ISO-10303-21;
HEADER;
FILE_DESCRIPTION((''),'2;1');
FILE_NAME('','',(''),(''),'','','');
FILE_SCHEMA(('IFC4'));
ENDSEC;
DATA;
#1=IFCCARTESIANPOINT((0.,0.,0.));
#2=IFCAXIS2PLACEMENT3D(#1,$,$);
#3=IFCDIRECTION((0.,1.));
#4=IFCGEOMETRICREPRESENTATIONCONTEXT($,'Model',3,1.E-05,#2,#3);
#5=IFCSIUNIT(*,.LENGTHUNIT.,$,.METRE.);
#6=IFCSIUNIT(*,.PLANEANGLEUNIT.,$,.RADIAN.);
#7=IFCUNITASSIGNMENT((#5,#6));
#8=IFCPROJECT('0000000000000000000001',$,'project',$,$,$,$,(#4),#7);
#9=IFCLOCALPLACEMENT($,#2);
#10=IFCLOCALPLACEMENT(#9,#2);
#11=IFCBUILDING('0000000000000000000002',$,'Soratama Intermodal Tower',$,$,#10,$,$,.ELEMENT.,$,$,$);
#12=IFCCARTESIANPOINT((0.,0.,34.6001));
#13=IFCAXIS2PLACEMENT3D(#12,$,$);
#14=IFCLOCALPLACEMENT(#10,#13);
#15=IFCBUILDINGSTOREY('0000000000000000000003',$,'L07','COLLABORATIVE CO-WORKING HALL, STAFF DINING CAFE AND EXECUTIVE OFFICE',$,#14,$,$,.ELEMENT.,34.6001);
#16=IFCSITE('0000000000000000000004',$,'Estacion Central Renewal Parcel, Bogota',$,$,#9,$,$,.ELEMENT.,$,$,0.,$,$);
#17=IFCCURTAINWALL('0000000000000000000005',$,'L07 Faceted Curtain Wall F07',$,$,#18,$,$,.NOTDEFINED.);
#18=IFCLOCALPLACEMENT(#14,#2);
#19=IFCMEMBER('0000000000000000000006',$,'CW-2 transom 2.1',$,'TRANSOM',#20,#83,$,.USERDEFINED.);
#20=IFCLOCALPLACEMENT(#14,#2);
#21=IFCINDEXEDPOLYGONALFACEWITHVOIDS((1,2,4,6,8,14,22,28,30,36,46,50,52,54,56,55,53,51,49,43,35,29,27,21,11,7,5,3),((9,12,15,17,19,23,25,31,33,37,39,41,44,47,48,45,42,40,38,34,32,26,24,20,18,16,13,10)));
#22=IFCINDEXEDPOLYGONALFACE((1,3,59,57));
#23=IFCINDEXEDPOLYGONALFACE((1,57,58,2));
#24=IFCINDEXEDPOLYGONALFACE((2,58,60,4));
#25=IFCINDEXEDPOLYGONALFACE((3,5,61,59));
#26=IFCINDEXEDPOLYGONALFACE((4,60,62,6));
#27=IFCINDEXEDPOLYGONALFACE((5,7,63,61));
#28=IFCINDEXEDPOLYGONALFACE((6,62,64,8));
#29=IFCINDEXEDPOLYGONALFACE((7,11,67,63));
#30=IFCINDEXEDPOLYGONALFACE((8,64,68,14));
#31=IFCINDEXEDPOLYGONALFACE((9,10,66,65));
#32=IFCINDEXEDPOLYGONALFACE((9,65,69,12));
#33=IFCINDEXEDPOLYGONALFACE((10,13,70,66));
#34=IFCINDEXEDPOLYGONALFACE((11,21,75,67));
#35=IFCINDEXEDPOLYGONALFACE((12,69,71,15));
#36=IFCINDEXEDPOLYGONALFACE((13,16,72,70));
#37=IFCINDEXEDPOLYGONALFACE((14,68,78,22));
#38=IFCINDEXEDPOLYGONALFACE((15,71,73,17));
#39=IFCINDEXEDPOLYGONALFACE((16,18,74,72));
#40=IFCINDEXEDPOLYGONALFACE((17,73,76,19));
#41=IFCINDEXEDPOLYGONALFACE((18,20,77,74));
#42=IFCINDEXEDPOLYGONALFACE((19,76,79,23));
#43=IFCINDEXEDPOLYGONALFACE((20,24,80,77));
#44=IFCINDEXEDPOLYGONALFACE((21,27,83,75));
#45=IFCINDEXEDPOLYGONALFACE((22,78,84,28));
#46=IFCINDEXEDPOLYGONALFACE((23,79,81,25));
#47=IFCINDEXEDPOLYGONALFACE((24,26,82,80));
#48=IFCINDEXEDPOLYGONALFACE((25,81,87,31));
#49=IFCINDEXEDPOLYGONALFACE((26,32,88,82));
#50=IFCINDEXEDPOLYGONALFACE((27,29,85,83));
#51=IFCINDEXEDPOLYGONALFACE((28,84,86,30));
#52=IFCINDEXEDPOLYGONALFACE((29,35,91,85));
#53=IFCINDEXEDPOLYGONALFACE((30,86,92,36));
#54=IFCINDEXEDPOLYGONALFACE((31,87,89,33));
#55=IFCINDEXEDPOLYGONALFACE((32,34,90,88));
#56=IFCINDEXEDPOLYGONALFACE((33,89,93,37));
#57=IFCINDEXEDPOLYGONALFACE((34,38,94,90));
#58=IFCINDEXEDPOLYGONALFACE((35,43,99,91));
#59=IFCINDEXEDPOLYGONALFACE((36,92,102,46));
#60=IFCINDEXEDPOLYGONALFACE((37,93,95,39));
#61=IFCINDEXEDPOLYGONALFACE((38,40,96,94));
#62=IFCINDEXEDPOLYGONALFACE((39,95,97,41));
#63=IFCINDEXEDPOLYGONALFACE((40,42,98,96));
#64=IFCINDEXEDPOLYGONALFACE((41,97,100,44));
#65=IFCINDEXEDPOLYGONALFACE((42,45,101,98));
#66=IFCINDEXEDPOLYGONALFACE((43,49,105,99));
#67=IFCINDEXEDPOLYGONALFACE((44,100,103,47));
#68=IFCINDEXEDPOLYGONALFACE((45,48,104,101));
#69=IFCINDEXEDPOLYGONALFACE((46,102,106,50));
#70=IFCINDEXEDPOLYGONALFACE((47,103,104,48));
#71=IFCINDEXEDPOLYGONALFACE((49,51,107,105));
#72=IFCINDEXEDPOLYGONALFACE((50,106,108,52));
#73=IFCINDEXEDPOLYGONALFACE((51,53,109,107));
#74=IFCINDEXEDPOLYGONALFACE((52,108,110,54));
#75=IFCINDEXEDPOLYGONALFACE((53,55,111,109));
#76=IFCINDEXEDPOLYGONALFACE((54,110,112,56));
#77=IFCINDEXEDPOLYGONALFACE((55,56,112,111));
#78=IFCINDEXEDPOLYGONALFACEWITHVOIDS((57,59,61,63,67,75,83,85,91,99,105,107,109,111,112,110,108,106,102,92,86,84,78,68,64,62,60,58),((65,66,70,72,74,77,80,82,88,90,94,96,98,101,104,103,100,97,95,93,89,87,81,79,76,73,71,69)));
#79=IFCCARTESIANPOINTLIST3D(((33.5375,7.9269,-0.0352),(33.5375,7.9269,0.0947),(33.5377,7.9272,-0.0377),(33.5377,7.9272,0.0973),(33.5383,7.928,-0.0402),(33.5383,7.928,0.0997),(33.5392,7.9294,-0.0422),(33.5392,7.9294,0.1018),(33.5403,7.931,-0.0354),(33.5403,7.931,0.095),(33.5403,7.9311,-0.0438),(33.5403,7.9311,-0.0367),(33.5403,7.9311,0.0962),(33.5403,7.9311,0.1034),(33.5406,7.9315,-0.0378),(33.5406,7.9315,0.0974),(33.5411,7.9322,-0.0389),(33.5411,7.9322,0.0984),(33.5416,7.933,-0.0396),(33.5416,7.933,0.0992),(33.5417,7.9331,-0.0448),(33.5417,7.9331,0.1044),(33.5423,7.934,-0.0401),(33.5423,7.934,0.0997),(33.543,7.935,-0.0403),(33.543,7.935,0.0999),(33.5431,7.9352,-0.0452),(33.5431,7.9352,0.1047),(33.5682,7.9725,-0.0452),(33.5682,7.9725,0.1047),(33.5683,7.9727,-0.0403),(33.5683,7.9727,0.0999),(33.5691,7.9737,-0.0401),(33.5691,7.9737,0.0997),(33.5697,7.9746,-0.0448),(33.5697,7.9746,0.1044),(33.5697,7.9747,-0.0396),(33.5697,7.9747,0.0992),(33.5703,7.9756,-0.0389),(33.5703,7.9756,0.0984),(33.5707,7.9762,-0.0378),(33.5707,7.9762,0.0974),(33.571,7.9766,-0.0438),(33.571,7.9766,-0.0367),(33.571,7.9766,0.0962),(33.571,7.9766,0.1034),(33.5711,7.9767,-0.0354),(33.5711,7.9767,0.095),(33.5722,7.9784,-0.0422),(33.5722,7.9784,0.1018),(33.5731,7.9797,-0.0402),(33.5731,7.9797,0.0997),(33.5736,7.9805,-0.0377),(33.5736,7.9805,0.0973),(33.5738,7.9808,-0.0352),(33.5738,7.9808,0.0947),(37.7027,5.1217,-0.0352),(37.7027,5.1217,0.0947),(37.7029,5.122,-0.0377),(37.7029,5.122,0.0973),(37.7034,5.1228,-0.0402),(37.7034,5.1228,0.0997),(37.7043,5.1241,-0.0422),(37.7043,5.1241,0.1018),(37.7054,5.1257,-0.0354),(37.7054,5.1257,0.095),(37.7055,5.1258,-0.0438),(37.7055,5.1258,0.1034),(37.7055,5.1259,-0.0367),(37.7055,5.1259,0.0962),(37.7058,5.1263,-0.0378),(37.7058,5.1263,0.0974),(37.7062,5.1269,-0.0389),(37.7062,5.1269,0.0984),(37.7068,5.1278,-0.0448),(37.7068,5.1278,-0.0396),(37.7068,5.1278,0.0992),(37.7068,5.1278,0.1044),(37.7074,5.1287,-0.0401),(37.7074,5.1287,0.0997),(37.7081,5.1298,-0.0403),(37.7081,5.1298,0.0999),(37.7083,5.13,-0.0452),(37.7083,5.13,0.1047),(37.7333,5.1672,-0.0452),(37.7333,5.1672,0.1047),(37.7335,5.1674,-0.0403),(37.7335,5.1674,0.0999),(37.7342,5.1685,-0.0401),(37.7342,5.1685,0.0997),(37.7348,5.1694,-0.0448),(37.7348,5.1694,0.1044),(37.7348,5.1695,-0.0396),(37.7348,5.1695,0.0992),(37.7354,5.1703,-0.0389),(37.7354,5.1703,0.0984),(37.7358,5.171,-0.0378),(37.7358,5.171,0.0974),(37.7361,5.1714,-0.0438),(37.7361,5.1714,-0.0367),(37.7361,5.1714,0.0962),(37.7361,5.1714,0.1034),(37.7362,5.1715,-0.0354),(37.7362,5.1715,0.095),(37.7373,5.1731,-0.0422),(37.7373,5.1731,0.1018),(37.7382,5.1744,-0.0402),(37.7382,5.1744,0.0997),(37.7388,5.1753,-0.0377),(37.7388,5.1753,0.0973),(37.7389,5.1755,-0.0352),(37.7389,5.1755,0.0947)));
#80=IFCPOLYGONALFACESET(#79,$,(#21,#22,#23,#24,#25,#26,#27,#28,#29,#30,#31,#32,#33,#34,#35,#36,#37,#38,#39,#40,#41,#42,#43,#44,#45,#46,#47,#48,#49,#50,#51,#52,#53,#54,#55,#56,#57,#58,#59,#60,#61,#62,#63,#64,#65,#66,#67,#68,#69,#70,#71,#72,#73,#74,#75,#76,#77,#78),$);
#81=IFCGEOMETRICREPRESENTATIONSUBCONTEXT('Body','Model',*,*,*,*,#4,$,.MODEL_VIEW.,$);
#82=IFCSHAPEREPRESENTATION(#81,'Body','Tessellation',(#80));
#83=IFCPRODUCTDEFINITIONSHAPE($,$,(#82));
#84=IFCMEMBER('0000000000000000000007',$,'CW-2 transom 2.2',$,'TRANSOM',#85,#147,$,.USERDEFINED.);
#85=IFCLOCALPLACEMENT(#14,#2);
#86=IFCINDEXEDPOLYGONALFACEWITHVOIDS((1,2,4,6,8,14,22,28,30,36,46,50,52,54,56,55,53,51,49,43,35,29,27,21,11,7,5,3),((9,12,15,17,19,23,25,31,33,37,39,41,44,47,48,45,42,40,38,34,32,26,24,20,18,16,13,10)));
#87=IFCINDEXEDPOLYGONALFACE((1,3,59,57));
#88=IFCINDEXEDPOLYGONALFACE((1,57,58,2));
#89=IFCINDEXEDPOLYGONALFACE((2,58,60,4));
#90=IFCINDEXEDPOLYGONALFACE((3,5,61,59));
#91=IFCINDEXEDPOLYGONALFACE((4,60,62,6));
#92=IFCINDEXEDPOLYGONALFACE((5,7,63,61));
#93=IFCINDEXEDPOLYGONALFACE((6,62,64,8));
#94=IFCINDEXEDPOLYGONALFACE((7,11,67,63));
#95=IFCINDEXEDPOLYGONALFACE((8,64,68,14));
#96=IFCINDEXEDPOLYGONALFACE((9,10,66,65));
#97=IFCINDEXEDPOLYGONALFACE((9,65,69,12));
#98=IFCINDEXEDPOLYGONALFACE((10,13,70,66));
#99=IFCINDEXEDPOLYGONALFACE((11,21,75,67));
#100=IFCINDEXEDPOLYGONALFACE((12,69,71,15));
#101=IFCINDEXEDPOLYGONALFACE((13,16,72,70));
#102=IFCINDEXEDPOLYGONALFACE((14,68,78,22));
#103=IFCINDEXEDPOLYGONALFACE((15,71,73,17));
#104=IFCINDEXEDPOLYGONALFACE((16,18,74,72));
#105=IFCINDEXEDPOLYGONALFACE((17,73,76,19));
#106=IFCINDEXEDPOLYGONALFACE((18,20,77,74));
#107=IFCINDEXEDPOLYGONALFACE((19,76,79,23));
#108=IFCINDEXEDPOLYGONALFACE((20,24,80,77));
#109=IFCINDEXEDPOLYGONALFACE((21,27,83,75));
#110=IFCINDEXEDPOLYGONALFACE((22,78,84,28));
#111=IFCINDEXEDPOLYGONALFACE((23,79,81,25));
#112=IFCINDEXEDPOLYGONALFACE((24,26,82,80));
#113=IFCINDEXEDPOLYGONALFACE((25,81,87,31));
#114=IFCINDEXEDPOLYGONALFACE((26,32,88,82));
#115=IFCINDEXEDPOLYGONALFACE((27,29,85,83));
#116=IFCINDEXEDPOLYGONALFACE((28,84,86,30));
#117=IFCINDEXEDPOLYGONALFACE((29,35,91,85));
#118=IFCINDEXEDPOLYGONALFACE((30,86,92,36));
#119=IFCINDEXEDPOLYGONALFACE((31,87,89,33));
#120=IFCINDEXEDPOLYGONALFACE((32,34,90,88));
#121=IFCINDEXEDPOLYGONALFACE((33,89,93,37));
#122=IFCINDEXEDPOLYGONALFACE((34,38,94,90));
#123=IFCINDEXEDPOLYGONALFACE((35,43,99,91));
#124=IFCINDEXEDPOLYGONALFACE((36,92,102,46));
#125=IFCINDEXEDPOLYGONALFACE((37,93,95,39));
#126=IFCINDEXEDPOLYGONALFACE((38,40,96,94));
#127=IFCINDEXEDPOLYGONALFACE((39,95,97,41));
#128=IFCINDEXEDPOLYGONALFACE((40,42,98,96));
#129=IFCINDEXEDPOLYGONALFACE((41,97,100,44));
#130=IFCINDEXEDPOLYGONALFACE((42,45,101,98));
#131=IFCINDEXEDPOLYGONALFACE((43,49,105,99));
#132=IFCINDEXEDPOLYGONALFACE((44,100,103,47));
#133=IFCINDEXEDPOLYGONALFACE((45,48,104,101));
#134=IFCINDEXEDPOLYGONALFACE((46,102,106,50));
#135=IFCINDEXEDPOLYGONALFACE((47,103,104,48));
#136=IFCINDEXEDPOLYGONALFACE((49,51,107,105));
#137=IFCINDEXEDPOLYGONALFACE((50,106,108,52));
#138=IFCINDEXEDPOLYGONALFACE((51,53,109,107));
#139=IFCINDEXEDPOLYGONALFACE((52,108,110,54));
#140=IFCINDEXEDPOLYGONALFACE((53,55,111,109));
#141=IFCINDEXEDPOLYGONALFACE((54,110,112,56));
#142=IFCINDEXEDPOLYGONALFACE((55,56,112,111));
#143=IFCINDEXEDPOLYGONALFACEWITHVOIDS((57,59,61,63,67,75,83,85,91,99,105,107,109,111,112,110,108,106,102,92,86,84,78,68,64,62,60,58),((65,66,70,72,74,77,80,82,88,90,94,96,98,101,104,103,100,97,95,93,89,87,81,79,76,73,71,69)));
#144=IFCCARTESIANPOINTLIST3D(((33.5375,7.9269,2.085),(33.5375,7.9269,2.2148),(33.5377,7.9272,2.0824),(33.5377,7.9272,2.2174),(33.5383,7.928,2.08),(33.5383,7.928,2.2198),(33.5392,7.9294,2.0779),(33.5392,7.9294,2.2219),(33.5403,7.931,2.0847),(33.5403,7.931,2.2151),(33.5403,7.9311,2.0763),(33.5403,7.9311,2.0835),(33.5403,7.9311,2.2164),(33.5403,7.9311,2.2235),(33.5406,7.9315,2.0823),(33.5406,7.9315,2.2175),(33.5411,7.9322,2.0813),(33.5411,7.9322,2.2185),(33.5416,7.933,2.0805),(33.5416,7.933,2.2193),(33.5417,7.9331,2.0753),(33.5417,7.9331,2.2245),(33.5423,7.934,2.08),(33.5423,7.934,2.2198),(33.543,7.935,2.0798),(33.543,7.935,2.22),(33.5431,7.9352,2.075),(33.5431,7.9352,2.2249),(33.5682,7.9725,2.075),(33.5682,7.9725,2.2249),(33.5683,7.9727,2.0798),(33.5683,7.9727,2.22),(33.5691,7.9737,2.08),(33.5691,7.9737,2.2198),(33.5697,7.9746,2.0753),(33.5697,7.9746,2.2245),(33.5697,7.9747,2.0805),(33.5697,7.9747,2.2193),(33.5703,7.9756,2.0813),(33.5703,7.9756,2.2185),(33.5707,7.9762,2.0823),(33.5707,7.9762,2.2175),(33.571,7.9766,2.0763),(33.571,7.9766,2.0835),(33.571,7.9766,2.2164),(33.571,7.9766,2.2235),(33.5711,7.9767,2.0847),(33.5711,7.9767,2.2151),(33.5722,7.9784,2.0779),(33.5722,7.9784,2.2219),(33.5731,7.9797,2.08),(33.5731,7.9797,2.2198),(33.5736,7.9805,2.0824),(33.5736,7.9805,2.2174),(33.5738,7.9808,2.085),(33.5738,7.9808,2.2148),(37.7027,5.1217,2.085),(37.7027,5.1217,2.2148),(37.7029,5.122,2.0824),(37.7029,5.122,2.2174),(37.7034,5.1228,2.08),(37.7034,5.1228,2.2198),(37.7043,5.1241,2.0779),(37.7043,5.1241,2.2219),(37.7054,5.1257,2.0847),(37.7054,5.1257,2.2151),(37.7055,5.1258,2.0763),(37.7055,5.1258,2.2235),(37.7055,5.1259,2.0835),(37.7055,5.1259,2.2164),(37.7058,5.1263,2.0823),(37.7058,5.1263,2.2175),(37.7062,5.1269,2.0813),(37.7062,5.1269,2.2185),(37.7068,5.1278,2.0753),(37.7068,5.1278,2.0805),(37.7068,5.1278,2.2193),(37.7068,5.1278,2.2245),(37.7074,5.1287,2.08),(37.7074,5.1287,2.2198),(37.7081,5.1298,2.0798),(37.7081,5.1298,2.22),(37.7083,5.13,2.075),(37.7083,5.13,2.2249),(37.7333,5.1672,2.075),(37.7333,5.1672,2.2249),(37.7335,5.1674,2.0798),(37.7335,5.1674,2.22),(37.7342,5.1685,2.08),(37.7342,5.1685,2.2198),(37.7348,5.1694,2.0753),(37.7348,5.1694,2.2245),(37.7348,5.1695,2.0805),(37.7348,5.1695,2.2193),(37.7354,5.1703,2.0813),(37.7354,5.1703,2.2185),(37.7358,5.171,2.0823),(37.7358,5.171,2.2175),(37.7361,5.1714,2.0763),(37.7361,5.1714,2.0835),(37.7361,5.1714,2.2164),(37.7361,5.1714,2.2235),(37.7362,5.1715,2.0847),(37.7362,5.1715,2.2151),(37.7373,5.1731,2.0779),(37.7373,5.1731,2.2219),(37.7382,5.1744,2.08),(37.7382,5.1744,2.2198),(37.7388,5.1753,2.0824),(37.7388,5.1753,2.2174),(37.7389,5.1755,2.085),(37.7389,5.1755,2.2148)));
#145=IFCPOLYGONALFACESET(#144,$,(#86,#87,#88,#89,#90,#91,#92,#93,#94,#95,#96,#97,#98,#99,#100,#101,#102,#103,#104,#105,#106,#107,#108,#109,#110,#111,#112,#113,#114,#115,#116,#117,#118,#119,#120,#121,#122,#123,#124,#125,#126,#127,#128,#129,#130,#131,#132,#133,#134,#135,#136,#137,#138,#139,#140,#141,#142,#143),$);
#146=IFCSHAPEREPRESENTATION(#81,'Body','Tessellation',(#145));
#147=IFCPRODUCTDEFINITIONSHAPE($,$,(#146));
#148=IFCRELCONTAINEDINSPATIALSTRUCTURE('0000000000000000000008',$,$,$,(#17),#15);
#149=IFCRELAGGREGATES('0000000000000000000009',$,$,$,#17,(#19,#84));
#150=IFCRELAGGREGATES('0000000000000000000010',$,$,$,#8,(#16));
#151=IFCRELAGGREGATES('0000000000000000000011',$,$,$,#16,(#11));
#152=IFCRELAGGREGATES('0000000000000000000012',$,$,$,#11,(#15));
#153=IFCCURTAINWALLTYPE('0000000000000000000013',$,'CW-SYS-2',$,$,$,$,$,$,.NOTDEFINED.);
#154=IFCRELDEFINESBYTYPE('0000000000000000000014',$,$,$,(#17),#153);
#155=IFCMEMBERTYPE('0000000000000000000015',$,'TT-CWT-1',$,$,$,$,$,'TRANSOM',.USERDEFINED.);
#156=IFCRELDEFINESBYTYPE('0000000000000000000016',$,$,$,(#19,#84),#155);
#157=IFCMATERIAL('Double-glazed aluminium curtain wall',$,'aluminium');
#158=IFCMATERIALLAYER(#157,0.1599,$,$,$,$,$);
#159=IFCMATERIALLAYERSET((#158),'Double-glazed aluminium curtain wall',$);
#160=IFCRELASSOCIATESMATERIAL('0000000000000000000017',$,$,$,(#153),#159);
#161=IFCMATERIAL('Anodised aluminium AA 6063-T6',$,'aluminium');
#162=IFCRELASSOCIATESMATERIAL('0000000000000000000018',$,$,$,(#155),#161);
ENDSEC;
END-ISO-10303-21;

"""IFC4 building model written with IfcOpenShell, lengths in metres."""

from ifc_helpers import new_model, si_unit, direction, frame, origin, origin_2d, place, context, subcontext, project, spatial, hollow_rectangle, extrude, material, layer, layer_set, material_profile, profile_set, type_object, element, aggregate, save


model = new_model("IFC4")

# Units and contexts
model_context = context("Model", 3, precision=1e-05, world=origin(), true_north=direction((0.0, 1.0)))
body_context = subcontext(model_context, "Body", "Model", "MODEL_VIEW")
ifc_project = project(units=[si_unit("LENGTHUNIT", "METRE"), si_unit("PLANEANGLEUNIT", "RADIAN")], contexts=[model_context])

# Site, building, storey
site_placement = place(None, origin())
site = spatial("IfcSite", under=ifc_project, at=site_placement, Name="Estacion Central Renewal Parcel, Bogota", CompositionType="ELEMENT", RefElevation=0.0)
building_placement = place(site_placement, origin())
building = spatial("IfcBuilding", under=site, at=building_placement, Name="Soratama Intermodal Tower", CompositionType="ELEMENT")
storey_placement = place(building_placement, frame((0.0, 0.0, 34.6001)))
storey = spatial("IfcBuildingStorey", under=building, at=storey_placement, Name="L07", Description="COLLABORATIVE CO-WORKING HALL, STAFF DINING CAFE AND EXECUTIVE OFFICE", CompositionType="ELEMENT", Elevation=34.6001)

# Curtain wall, members
ifc_material_1 = material(Name="Double-glazed aluminium curtain wall", Category="aluminium")
ifc_layer_1 = layer(ifc_material_1, 0.1599)
ifc_layer_set_1 = layer_set([ifc_layer_1], Name="Double-glazed aluminium curtain wall")
curtain_wall_type = type_object("IfcCurtainWallType", Name="CW-SYS-2", PredefinedType="NOTDEFINED", material=ifc_layer_set_1)
curtain_wall_placement = place(storey_placement, origin())
curtain_wall = element("IfcCurtainWall", 1, at=curtain_wall_placement, inside=storey, type_object=curtain_wall_type, Name="L07 Faceted Curtain Wall F07", PredefinedType="NOTDEFINED")
ifc_material_2 = material(Name="Anodised aluminium AA 6063-T6", Category="aluminium")
ifc_material_profile_1 = material_profile(ifc_material_2, hollow_rectangle(XDim=0.0649, YDim=0.1499, WallThickness=0.0049, InnerFilletRadius=0.0049, OuterFilletRadius=0.01, at=origin_2d()), Name="CWT150X65X5")
ifc_profile_set_1 = profile_set([ifc_material_profile_1], Name="Anodised aluminium AA 6063-T6")
member_type_1 = type_object("IfcMemberType", Name="TT-CWT-1", ElementType="TRANSOM", PredefinedType="USERDEFINED", material=ifc_profile_set_1)
member_1_placement = place(storey_placement, frame((33.5557, 7.9539, 0.0298), z_axis=(0.829423, -0.558621, 0.0), x_axis=(0.558621, 0.829423, 0.0)))
member_1 = element("IfcMember", 2, at=member_1_placement, type_object=member_type_1, Name="CW-2 transom 2.1", ObjectType="TRANSOM", PredefinedType="USERDEFINED", context=body_context, shape_type="SweptSolid", body=[
    extrude(hollow_rectangle(XDim=0.0649, YDim=0.1499, WallThickness=0.0049, InnerFilletRadius=0.0049, OuterFilletRadius=0.01, at=origin_2d()), origin(), (0.0, 0.0, 1.0), 5.0217),
])
member_2_placement = place(storey_placement, frame((33.5557, 7.9539, 2.1499), z_axis=(0.829423, -0.558621, 0.0), x_axis=(0.558621, 0.829423, 0.0)))
member_2 = element("IfcMember", 3, at=member_2_placement, type_object=member_type_1, Name="CW-2 transom 2.2", ObjectType="TRANSOM", PredefinedType="USERDEFINED", context=body_context, shape_type="SweptSolid", body=[
    extrude(hollow_rectangle(XDim=0.0649, YDim=0.1499, WallThickness=0.0049, InnerFilletRadius=0.0049, OuterFilletRadius=0.01, at=origin_2d()), origin(), (0.0, 0.0, 1.0), 5.0217),
])
aggregate(curtain_wall, [member_1, member_2])

save(model, "model.ifc")
